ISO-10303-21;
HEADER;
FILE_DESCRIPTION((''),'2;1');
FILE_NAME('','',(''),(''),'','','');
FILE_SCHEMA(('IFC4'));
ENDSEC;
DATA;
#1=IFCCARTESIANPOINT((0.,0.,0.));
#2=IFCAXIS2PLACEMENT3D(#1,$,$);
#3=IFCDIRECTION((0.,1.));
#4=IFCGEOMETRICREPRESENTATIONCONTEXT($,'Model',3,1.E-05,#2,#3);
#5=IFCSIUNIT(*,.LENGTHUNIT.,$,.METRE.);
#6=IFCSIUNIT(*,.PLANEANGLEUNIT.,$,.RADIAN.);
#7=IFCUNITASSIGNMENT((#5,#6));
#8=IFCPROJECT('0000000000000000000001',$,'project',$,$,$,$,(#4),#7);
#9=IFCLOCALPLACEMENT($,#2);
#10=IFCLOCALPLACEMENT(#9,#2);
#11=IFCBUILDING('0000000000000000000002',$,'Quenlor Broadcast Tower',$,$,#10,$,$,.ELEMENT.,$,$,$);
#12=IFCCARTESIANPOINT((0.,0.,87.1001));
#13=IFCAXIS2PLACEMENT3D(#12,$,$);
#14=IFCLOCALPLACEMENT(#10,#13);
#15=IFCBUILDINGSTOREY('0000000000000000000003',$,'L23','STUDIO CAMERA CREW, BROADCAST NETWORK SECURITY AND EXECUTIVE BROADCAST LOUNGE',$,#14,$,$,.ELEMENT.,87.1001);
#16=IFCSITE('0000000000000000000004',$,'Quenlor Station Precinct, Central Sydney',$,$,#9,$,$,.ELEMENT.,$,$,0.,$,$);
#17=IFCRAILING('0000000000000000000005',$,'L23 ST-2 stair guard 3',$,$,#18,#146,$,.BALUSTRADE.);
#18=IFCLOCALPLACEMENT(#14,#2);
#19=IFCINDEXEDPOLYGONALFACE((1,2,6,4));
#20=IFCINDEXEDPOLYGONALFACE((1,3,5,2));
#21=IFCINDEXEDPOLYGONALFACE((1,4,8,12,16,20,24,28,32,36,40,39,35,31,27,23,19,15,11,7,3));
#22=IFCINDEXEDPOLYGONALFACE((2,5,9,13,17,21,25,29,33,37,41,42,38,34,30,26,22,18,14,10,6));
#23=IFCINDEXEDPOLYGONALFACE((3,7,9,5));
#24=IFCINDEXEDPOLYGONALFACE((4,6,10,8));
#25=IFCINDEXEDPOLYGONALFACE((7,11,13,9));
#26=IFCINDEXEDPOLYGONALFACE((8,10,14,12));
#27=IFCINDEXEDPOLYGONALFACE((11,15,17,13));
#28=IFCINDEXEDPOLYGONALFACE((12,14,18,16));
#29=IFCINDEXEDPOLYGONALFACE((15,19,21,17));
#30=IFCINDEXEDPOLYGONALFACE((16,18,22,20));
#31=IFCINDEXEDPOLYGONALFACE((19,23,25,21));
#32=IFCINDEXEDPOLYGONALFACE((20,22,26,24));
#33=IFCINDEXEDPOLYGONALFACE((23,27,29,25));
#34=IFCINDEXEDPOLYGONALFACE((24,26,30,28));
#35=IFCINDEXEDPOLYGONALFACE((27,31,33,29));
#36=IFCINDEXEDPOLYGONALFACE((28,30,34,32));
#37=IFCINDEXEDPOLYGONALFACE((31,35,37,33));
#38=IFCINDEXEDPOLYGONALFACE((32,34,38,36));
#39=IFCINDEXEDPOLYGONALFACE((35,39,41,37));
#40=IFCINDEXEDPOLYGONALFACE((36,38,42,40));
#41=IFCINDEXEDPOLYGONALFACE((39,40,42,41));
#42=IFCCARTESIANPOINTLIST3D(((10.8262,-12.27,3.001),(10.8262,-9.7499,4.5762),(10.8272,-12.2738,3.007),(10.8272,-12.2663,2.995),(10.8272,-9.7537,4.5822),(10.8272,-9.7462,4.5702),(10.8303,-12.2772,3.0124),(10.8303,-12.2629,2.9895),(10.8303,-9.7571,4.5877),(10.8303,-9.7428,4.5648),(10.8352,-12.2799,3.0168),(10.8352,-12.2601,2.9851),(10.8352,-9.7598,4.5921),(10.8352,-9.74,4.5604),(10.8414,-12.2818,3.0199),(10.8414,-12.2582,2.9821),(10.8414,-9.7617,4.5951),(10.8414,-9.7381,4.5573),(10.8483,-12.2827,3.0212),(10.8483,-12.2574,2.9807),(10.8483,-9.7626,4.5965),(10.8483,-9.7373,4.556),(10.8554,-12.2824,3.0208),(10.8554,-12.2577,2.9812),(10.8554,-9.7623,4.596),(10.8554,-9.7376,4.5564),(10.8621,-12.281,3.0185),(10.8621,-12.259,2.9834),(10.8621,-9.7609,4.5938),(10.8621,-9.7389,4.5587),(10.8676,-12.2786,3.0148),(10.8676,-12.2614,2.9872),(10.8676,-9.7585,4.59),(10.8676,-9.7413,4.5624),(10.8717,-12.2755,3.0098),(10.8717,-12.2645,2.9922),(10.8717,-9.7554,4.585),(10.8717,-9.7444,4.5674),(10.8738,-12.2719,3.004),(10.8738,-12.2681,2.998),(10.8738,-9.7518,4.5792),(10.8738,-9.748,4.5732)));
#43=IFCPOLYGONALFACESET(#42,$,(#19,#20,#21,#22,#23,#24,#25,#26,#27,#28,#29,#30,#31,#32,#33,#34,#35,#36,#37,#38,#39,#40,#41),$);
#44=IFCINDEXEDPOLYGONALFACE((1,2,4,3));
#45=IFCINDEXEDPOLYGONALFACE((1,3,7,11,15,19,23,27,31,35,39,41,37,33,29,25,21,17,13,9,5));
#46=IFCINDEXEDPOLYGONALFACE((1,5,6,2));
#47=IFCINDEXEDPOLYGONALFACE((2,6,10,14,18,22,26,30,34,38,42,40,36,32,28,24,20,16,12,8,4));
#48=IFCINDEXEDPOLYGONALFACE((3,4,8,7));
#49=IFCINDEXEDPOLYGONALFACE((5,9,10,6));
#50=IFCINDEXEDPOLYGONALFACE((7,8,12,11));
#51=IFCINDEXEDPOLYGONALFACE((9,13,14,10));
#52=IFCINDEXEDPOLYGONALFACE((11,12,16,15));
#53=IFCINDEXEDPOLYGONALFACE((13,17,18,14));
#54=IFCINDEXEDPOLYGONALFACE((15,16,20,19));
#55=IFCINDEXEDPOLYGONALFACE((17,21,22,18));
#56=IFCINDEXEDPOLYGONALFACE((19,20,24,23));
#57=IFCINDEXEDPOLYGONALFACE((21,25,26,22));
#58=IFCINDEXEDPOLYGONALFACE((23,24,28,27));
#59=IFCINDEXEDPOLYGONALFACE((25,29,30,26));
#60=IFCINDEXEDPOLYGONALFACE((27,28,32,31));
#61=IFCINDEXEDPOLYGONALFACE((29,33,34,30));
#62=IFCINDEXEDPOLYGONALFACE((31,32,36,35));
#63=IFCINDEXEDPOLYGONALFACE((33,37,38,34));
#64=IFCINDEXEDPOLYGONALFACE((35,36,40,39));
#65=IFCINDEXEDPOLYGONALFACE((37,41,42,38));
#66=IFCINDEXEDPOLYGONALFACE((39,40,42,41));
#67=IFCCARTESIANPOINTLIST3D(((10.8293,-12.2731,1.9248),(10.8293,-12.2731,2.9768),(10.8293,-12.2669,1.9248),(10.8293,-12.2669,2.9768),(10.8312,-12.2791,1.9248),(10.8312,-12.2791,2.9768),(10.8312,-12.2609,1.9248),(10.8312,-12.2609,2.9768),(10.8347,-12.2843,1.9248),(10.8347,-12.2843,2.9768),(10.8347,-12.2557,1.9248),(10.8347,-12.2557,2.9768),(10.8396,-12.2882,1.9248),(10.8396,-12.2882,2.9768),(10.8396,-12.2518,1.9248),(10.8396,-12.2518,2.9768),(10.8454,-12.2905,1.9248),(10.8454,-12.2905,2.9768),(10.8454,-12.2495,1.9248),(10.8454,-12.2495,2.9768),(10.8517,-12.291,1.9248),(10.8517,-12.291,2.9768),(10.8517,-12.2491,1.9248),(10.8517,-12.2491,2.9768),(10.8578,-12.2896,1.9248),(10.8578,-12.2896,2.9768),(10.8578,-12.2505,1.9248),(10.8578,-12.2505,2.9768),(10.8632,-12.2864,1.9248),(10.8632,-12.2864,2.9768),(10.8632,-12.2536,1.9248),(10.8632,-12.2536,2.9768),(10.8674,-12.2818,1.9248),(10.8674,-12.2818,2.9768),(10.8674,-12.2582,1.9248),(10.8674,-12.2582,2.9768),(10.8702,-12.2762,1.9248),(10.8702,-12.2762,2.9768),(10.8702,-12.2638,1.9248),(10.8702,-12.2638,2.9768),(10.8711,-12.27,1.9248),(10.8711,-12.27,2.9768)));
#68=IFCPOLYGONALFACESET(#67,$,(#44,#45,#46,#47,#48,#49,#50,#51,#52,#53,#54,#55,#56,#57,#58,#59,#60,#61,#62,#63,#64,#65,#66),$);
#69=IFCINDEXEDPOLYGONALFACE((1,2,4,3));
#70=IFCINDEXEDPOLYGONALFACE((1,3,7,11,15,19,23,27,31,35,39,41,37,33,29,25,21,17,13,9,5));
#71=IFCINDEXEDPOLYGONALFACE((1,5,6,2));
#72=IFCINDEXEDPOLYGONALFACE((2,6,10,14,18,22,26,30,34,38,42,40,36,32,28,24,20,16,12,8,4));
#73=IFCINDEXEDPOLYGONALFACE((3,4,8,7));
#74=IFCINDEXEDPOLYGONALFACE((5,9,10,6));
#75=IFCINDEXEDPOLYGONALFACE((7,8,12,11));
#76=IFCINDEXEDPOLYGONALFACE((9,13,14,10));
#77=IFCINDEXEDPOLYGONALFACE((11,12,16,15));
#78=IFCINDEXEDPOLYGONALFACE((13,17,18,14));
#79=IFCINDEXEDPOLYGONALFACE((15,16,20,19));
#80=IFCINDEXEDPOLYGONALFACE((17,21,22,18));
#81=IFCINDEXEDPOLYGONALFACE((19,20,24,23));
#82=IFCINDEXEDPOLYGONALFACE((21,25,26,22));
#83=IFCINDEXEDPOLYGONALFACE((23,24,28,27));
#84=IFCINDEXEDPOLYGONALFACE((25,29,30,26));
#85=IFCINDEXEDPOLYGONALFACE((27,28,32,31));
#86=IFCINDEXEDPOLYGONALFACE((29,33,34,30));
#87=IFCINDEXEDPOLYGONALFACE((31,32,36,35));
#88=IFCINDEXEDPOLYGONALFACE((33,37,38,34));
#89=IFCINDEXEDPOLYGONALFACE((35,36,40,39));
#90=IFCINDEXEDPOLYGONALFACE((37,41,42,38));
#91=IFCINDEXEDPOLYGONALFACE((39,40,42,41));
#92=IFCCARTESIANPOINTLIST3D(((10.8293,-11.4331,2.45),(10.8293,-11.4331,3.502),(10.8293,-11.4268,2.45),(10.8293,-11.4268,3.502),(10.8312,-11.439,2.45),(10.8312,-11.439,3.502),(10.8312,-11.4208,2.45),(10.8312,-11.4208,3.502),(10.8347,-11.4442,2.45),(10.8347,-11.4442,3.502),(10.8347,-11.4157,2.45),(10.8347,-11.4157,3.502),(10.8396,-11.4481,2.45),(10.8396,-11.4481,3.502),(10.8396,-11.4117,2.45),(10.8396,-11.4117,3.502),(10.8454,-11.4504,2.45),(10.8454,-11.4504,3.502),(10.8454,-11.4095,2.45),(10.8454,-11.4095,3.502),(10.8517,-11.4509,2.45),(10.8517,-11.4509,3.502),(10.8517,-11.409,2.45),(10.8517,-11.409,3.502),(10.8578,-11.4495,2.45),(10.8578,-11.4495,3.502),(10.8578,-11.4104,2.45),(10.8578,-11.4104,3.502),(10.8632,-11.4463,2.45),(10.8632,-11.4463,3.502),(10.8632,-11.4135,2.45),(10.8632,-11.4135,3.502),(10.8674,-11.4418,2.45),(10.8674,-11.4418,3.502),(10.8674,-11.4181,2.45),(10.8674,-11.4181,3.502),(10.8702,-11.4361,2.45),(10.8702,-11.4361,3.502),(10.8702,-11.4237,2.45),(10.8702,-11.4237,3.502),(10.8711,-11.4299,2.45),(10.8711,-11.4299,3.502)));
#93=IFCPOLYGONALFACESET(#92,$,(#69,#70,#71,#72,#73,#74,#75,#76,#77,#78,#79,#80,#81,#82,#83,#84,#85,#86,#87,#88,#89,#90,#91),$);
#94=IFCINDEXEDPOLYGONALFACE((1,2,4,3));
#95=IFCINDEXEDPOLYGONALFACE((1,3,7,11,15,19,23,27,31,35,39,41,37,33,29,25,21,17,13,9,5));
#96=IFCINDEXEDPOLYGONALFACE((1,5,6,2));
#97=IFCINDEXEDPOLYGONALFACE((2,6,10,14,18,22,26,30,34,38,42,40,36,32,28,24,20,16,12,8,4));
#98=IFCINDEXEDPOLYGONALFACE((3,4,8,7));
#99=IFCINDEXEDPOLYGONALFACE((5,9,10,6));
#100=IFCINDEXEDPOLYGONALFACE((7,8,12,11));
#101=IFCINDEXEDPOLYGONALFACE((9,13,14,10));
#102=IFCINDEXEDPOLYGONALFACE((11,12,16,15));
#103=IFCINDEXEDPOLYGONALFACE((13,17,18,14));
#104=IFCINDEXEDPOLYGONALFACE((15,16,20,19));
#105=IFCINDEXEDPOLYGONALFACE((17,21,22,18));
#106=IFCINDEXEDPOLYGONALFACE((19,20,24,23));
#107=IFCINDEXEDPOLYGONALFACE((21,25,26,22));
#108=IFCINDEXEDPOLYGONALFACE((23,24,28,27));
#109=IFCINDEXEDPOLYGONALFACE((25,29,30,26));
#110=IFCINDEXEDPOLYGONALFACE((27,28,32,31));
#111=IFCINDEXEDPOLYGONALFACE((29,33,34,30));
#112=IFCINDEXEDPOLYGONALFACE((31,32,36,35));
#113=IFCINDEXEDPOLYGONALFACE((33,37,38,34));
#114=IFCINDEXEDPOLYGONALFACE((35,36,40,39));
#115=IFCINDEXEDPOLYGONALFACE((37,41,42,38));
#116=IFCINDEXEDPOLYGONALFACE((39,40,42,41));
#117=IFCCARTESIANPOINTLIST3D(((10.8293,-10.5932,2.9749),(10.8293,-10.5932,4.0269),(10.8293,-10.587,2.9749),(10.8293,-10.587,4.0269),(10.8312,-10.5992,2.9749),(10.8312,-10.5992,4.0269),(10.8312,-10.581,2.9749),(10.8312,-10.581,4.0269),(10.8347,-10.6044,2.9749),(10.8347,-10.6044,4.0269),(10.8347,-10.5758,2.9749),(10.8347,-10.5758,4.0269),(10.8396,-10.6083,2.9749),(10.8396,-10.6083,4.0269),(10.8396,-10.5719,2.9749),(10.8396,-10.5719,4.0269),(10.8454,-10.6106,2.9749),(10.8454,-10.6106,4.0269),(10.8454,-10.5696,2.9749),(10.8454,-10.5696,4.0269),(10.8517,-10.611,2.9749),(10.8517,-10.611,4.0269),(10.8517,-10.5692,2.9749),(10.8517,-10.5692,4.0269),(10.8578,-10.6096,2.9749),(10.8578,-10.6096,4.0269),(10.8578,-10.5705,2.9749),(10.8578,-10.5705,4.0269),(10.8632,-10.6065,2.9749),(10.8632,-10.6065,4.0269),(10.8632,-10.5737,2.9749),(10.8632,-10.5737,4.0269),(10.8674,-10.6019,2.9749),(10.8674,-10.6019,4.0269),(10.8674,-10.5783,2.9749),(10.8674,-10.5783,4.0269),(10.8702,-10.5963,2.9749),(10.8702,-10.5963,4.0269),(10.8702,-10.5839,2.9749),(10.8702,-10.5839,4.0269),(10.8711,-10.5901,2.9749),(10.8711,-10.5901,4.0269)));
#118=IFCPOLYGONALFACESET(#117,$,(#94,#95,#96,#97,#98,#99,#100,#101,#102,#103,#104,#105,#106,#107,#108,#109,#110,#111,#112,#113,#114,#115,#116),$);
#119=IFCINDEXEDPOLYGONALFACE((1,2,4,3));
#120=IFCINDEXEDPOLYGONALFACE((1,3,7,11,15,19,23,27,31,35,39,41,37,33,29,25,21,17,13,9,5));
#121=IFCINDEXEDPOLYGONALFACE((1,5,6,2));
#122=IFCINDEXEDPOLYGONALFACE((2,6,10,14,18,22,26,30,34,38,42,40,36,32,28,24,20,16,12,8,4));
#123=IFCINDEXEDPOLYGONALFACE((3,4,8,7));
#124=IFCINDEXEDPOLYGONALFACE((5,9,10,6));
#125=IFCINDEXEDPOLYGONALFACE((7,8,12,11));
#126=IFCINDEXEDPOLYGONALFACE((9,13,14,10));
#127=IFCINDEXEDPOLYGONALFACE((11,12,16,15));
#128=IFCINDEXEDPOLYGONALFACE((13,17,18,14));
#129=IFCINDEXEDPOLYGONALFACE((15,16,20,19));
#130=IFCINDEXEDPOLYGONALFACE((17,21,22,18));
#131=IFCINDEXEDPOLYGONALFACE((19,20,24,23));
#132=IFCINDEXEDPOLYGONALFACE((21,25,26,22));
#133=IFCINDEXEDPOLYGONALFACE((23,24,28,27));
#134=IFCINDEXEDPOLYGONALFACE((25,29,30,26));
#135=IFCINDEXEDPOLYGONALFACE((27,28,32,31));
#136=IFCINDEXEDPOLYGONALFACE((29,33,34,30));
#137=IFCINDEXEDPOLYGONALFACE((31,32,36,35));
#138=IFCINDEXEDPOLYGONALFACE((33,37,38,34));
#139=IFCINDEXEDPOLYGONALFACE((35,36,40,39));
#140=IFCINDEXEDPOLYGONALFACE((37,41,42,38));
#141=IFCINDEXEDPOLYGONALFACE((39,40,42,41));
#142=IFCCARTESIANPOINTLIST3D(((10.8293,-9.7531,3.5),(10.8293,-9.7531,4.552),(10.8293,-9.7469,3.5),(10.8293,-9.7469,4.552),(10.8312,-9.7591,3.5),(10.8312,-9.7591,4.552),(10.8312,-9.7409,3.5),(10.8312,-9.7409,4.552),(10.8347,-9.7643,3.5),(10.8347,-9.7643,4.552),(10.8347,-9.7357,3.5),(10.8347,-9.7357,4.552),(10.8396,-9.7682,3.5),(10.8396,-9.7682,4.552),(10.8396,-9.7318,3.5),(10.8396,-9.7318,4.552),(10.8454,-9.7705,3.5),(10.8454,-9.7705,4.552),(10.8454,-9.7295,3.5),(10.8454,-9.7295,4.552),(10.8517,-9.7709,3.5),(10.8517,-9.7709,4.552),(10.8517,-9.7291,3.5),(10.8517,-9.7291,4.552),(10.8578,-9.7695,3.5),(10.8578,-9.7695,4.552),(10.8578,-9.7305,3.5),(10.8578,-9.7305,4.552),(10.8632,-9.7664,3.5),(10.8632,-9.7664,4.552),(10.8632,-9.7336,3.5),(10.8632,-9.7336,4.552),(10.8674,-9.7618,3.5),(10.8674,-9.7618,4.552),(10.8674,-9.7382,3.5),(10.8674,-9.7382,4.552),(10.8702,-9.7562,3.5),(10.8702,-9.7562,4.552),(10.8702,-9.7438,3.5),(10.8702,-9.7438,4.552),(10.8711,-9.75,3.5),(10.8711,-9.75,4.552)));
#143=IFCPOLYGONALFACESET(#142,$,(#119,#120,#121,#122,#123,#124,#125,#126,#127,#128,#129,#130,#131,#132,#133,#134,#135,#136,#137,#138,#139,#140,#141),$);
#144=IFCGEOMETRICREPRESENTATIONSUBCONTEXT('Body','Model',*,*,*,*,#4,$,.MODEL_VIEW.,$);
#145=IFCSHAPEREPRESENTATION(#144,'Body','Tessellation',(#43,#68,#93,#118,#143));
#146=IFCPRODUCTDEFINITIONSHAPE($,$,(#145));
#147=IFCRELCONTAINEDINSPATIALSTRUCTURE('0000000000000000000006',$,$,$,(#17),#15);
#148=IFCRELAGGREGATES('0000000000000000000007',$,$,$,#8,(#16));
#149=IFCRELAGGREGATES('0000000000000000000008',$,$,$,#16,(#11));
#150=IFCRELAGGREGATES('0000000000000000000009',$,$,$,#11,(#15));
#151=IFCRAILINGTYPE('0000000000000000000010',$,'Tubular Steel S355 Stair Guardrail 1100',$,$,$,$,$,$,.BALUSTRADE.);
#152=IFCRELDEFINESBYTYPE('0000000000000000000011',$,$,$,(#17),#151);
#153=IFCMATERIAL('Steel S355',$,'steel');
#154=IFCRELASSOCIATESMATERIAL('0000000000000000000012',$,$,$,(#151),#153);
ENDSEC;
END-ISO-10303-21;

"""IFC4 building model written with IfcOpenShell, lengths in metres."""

from ifc_helpers import new_model, si_unit, direction, frame, origin, origin_2d, place, context, subcontext, project, spatial, circle, extrude, material, type_object, element, save


model = new_model("IFC4")

# Units and contexts
model_context = context("Model", 3, precision=1e-05, world=origin(), true_north=direction((0.0, 1.0)))
body_context = subcontext(model_context, "Body", "Model", "MODEL_VIEW")
ifc_project = project(units=[si_unit("LENGTHUNIT", "METRE"), si_unit("PLANEANGLEUNIT", "RADIAN")], contexts=[model_context])

# Site, building, storey
site_placement = place(None, origin())
site = spatial("IfcSite", under=ifc_project, at=site_placement, Name="Quenlor Station Precinct, Central Sydney", CompositionType="ELEMENT", RefElevation=0.0)
building_placement = place(site_placement, origin())
building = spatial("IfcBuilding", under=site, at=building_placement, Name="Quenlor Broadcast Tower", CompositionType="ELEMENT")
storey_placement = place(building_placement, frame((0.0, 0.0, 87.1001)))
storey = spatial("IfcBuildingStorey", under=building, at=storey_placement, Name="L23", Description="STUDIO CAMERA CREW, BROADCAST NETWORK SECURITY AND EXECUTIVE BROADCAST LOUNGE", CompositionType="ELEMENT", Elevation=87.1001)

# Railing
ifc_material_1 = material(Name="Steel S355", Category="steel")
railing_type_1 = type_object("IfcRailingType", Name="Tubular Steel S355 Stair Guardrail 1100", PredefinedType="BALUSTRADE", material=ifc_material_1)
railing_1_placement = place(storey_placement, frame((10.8501, -12.27, 1.9248)))
element("IfcRailing", 1, at=railing_1_placement, inside=storey, type_object=railing_type_1, Name="L23 ST-2 stair guard 3", PredefinedType="BALUSTRADE", context=body_context, shape_type="SweptSolid", body=[
    extrude(circle(Radius=0.0239, at=origin_2d()), frame((0.0, 0.0, 1.0762), z_axis=(0.0, 0.847971, 0.530043), x_axis=(-1.0, 0.0, 0.0)), (0.0, 0.0, 1.0), 2.9719),
    extrude(circle(Radius=0.021, at=origin_2d()), origin(), (0.0, 0.0, 1.0), 1.052),
    extrude(circle(Radius=0.021, at=origin_2d()), frame((0.0, 0.8401, 0.5251)), (0.0, 0.0, 1.0), 1.052),
    extrude(circle(Radius=0.021, at=origin_2d()), frame((0.0, 1.6799, 1.05)), (0.0, 0.0, 1.0), 1.052),
    extrude(circle(Radius=0.021, at=origin_2d()), frame((0.0, 2.52, 1.5752)), (0.0, 0.0, 1.0), 1.052),
])

save(model, "model.ifc")
